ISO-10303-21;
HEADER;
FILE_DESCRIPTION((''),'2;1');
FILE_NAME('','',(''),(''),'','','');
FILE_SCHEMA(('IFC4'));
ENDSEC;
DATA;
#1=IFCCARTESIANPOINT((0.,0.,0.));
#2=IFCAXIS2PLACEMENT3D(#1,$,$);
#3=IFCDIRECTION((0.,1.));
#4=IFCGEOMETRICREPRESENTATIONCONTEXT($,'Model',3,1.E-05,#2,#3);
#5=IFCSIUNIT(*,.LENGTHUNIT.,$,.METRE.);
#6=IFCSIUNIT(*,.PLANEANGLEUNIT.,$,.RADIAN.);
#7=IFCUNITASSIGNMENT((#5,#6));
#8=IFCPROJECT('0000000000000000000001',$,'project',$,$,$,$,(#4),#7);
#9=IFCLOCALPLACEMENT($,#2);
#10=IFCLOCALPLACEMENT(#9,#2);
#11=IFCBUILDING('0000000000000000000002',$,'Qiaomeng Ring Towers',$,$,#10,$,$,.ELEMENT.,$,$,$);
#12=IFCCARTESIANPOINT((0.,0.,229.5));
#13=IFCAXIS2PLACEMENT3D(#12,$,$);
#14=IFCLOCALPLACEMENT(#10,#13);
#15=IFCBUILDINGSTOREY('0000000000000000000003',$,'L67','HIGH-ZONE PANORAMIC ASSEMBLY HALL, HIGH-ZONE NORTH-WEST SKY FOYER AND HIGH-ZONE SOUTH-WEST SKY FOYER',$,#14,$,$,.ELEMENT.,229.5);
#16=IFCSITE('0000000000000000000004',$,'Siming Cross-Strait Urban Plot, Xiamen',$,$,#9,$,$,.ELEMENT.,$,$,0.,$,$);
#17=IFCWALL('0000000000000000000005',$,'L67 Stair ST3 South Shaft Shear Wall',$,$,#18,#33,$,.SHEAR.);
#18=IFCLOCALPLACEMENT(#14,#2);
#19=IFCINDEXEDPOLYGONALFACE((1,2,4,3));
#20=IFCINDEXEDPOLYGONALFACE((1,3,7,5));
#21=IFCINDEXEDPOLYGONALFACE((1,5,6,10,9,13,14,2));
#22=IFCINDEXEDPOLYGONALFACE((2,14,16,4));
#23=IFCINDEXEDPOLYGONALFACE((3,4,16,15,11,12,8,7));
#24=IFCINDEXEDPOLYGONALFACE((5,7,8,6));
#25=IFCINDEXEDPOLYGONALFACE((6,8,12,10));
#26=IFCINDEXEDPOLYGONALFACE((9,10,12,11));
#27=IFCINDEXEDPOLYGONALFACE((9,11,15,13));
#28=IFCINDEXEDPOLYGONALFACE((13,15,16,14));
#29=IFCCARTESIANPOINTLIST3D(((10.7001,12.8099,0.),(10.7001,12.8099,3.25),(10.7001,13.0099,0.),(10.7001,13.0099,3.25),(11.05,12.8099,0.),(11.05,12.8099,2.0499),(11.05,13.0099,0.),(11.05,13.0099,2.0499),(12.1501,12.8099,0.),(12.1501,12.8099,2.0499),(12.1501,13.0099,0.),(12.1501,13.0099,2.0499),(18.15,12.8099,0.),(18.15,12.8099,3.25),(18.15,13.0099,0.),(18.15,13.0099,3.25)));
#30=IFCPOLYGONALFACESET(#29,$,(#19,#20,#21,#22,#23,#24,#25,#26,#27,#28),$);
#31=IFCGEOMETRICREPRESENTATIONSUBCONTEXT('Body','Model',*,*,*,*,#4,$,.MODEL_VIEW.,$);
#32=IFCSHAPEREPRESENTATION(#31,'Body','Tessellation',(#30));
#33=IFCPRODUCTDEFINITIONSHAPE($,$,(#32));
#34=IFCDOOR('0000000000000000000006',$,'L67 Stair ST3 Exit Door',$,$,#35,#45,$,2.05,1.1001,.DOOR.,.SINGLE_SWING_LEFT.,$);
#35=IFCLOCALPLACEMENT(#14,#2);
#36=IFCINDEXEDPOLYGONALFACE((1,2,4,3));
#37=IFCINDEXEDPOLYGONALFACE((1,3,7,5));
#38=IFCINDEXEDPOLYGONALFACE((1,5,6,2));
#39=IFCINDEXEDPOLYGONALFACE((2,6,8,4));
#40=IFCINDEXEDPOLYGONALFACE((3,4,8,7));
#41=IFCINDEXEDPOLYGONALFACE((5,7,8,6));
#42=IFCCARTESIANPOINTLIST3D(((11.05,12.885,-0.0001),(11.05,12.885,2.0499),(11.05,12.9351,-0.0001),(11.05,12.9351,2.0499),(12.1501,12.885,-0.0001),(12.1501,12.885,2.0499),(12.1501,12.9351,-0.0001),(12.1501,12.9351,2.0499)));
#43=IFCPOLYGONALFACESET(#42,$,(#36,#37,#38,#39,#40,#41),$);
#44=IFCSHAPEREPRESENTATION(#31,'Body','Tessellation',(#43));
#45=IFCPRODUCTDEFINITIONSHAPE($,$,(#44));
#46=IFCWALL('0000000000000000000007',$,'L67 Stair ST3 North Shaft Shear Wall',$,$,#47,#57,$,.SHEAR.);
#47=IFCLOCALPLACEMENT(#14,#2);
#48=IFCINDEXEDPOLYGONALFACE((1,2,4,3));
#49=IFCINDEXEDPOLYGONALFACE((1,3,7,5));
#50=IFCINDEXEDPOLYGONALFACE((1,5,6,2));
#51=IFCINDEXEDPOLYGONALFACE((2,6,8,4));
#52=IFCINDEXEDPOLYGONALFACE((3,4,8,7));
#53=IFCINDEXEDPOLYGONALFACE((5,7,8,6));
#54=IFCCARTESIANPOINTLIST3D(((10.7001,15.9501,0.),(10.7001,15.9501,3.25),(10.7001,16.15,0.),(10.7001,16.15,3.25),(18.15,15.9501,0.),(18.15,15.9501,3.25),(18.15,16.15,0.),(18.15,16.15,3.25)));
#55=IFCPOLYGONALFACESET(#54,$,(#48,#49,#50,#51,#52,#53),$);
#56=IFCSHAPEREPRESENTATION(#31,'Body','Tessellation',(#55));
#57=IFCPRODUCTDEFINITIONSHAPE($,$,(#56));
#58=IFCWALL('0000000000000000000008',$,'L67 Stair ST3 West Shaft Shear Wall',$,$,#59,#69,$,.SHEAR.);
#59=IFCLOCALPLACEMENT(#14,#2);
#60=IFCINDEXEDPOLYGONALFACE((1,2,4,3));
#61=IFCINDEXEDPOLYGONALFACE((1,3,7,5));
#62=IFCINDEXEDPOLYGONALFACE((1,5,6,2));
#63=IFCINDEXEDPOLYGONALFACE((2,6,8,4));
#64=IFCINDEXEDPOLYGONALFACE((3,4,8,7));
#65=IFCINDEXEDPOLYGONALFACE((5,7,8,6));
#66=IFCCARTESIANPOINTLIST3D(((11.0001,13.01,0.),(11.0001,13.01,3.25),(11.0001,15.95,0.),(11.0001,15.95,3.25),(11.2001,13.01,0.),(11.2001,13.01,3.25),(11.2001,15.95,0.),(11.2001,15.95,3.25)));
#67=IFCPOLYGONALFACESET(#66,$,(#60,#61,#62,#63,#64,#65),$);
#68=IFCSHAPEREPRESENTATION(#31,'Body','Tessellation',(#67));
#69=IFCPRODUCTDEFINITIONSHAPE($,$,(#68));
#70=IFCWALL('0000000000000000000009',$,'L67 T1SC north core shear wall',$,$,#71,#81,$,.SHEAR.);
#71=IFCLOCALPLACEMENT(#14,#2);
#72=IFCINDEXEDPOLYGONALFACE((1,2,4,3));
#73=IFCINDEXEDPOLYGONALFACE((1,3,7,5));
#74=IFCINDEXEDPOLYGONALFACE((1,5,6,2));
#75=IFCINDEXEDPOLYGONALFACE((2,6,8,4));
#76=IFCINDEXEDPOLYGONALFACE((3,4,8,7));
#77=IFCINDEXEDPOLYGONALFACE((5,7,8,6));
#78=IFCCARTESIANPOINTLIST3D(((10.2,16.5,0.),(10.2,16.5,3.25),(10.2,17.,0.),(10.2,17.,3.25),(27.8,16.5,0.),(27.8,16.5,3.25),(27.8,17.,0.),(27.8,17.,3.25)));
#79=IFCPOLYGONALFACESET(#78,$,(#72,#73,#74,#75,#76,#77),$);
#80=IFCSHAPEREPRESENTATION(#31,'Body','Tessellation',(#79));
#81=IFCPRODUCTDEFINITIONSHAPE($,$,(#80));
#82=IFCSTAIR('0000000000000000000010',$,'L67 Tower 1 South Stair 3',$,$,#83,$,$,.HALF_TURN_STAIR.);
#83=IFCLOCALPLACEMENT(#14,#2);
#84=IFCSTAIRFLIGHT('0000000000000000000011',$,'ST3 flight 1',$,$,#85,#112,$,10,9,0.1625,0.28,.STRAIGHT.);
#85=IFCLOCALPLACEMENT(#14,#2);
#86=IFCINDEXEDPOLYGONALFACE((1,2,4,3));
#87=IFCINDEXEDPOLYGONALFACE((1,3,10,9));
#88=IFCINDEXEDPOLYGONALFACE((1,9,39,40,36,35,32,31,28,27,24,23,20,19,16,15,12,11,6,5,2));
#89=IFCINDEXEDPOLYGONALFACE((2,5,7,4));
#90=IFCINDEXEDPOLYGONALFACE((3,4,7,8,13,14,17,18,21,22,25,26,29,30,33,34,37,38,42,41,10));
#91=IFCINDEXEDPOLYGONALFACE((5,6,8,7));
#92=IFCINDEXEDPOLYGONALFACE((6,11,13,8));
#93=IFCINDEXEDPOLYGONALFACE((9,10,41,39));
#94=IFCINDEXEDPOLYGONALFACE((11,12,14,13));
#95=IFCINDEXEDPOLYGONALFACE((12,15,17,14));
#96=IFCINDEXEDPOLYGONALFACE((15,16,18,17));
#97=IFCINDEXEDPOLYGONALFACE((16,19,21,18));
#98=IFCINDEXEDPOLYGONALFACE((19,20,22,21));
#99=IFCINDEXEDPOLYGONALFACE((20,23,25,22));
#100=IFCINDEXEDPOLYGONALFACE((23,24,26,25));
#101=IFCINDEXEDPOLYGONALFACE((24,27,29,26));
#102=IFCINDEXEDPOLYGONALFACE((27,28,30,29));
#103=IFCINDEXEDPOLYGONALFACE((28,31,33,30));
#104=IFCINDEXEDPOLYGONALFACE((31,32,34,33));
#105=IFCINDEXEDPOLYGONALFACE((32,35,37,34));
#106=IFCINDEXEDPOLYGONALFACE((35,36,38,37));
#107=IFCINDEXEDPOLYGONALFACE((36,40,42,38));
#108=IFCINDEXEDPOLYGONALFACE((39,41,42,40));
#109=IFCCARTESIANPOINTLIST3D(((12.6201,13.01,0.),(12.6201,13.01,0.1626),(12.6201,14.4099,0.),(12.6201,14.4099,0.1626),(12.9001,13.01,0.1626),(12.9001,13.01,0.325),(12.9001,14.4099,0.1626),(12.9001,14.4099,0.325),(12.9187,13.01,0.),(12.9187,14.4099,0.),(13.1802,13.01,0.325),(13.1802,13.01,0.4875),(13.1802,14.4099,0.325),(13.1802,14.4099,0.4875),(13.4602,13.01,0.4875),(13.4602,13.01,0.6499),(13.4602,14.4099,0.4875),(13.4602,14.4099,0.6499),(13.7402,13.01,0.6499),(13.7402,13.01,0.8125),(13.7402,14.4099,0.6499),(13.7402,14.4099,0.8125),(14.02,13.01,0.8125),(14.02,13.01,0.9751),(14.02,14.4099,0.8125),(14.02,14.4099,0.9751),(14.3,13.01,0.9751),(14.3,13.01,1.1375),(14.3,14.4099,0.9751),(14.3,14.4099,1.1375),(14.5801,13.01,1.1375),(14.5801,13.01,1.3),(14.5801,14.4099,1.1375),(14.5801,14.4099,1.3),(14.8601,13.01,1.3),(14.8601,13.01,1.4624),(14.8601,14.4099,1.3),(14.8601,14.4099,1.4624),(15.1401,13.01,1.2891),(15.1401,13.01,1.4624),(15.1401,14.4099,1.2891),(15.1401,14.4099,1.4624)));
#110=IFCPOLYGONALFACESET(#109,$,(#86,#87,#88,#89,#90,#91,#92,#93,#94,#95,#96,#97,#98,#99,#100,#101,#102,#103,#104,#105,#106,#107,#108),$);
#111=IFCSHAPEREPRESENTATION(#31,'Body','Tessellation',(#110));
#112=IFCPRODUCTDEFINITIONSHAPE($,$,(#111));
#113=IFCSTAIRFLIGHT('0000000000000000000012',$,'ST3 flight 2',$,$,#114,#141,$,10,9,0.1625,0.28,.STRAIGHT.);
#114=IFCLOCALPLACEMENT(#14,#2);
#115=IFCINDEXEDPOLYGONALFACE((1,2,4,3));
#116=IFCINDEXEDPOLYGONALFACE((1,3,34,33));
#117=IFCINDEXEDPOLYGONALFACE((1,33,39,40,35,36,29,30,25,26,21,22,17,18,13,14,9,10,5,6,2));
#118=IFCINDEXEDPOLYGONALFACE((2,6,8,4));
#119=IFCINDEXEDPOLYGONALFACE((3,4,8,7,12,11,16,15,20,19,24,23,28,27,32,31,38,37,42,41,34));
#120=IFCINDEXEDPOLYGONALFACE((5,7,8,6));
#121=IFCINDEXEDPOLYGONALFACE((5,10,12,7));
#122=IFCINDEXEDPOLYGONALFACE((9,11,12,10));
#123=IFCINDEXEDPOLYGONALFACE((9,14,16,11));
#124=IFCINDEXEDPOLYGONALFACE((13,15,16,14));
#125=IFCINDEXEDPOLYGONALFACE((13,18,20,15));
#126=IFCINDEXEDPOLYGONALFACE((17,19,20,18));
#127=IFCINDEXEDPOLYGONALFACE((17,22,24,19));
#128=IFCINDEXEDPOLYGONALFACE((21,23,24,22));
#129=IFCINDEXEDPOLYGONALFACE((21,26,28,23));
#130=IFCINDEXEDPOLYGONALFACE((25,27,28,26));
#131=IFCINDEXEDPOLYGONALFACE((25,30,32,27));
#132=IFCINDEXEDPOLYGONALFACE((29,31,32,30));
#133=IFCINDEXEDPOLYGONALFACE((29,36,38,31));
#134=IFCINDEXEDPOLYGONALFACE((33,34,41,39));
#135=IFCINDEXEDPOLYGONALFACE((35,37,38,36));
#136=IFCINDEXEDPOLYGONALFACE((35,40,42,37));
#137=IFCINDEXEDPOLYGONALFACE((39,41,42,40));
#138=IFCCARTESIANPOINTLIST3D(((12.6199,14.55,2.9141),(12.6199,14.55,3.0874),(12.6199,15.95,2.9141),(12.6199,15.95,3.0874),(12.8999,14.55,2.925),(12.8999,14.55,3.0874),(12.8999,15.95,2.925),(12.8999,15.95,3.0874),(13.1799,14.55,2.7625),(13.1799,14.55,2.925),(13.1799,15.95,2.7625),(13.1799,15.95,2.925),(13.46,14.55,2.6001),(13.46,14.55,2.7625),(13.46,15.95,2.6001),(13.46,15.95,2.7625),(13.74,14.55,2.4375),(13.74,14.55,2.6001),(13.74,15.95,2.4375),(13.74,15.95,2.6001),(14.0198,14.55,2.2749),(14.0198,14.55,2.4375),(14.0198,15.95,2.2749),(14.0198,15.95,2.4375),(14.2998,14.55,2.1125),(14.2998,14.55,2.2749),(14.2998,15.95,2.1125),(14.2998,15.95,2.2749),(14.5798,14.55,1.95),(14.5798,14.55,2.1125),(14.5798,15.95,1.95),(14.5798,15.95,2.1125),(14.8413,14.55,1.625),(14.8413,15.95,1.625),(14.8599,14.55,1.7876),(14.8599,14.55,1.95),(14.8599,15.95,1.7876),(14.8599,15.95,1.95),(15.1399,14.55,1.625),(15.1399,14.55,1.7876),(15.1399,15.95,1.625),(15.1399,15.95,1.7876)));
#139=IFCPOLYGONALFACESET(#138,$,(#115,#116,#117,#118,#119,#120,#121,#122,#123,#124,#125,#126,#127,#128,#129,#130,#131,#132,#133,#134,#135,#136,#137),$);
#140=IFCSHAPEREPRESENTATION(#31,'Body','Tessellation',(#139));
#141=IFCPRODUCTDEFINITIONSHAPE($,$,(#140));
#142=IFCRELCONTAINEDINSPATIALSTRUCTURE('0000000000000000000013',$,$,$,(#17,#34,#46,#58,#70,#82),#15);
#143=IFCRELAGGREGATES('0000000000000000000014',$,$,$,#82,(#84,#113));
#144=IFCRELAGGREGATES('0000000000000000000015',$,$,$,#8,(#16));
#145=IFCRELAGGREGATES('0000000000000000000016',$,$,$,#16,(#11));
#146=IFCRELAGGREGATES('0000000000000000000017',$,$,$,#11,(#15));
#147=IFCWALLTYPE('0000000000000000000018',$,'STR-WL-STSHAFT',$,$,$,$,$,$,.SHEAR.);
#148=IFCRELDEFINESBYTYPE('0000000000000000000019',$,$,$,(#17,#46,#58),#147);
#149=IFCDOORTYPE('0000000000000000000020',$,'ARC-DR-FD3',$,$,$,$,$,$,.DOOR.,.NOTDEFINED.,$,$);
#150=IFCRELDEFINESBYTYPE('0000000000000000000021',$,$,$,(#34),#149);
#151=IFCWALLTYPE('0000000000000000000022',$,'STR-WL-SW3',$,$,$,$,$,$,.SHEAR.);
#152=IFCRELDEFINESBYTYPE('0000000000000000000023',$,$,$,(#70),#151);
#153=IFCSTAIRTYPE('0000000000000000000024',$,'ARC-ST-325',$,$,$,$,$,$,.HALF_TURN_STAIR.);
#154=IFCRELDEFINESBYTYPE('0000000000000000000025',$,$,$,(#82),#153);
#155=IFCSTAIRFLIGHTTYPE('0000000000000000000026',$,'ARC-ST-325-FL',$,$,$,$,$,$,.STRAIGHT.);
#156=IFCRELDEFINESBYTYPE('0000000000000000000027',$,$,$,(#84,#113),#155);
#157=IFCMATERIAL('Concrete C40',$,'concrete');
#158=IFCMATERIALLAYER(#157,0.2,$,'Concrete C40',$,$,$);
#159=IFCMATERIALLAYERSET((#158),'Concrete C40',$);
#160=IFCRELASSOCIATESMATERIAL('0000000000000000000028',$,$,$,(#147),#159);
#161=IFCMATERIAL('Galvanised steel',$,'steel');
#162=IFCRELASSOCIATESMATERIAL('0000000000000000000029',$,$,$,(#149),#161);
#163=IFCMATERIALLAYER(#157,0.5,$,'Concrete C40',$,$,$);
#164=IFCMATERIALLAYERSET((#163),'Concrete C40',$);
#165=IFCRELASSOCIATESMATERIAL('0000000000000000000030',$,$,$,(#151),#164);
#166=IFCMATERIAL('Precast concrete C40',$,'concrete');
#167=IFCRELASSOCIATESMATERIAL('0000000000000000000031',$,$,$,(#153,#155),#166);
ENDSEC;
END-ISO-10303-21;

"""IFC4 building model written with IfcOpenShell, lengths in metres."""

from ifc_helpers import new_model, si_unit, direction, frame, frame_2d, origin, place, context, subcontext, project, spatial, polyline, rectangle, outline, extrude, source, transform, mapped, material, layer, layer_set, type_object, element, fill, aggregate, save


model = new_model("IFC4")

# Units and contexts
model_context = context("Model", 3, precision=1e-05, world=origin(), true_north=direction((0.0, 1.0)))
body_context = subcontext(model_context, "Body", "Model", "MODEL_VIEW")
ifc_project = project(units=[si_unit("LENGTHUNIT", "METRE"), si_unit("PLANEANGLEUNIT", "RADIAN")], contexts=[model_context])

# Site, building, storey
site_placement = place(None, origin())
site = spatial("IfcSite", under=ifc_project, at=site_placement, Name="Siming Cross-Strait Urban Plot, Xiamen", CompositionType="ELEMENT", RefElevation=0.0)
building_placement = place(site_placement, origin())
building = spatial("IfcBuilding", under=site, at=building_placement, Name="Qiaomeng Ring Towers", CompositionType="ELEMENT")
storey_placement = place(building_placement, frame((0.0, 0.0, 229.5)))
storey = spatial("IfcBuildingStorey", under=building, at=storey_placement, Name="L67", Description="HIGH-ZONE PANORAMIC ASSEMBLY HALL, HIGH-ZONE NORTH-WEST SKY FOYER AND HIGH-ZONE SOUTH-WEST SKY FOYER", CompositionType="ELEMENT", Elevation=229.5)

# Shared definitions
ifc_material_1 = material(Name="Concrete C40", Category="concrete")

# Shared definitions
ifc_material_2 = material(Name="Precast concrete C40", Category="concrete")

# Shared definitions
ifc_layer_1 = layer(ifc_material_1, 0.2, Name="Concrete C40")
ifc_layer_set_1 = layer_set([ifc_layer_1], Name="Concrete C40")
wall_type_1 = type_object("IfcWallType", Name="STR-WL-STSHAFT", PredefinedType="SHEAR", material=ifc_layer_set_1)

# Wall, opening, door
wall_1_placement = place(storey_placement, frame((10.7, 12.9099, 0.0), z_axis=(0.0, 0.0, 1.0), x_axis=(1.0, 0.0, 0.0)))
wall_1 = element("IfcWall", 1, at=wall_1_placement, inside=storey, type_object=wall_type_1, Name="L67 Stair ST3 South Shaft Shear Wall", PredefinedType="SHEAR", context=body_context, shape_type="SweptSolid", body=[
    extrude(rectangle(XDim=7.45, YDim=0.2, at=frame_2d((3.7251, 0.0))), origin(), (0.0, 0.0, 1.0), 3.25),
])
opening_1_placement = place(wall_1_placement, frame((0.3501, 0.0, 0.0)))
opening_1 = element("IfcOpeningElement", 2, at=opening_1_placement, cuts=wall_1, PredefinedType="OPENING", context=body_context, shape_type="SweptSolid", body=[
    extrude(rectangle(XDim=1.1001, YDim=2.05, at=frame_2d((0.55, 1.0249))), frame((0.0, 0.1099, 0.0), z_axis=(0.0, -1.0, 0.0), x_axis=(1.0, 0.0, 0.0)), (0.0, 0.0, 1.0), 0.22),
])
ifc_material_3 = material(Name="Galvanised steel", Category="steel")
door_type_1 = type_object("IfcDoorType", Name="ARC-DR-FD3", OperationType="NOTDEFINED", PredefinedType="DOOR", material=ifc_material_3)
shared_shape_1 = source(origin(), body_context, "Body", "SweptSolid", [
    extrude(rectangle(XDim=1.1001, YDim=2.05, at=frame_2d((0.55, 1.0249))), frame((0.0, 0.0249, 0.0), z_axis=(0.0, -1.0, 0.0), x_axis=(1.0, 0.0, 0.0)), (0.0, 0.0, 1.0), 0.05),
])
door_1_placement = place(opening_1_placement, frame((1.1001, 0.0, 0.0), z_axis=(0.0, 0.0, 1.0), x_axis=(-1.0, 0.0, 0.0)))
door_1 = element("IfcDoor", 3, at=door_1_placement, inside=storey, type_object=door_type_1, Name="L67 Stair ST3 Exit Door", OperationType="SINGLE_SWING_LEFT", OverallHeight=2.05, OverallWidth=1.1001, PredefinedType="DOOR", context=body_context, shape_type="MappedRepresentation", body=[
    mapped(shared_shape_1, transform((0.0, 0.0, 0.0), x_axis=(1.0, 0.0, 0.0), y_axis=(0.0, 1.0, 0.0), z_axis=(0.0, 0.0, 1.0), scale=1.0)),
])
fill(opening_1, door_1)

# Walls
wall_2_placement = place(storey_placement, frame((10.7, 16.05, 0.0), z_axis=(0.0, 0.0, 1.0), x_axis=(1.0, 0.0, 0.0)))
element("IfcWall", 4, at=wall_2_placement, inside=storey, type_object=wall_type_1, Name="L67 Stair ST3 North Shaft Shear Wall", PredefinedType="SHEAR", context=body_context, shape_type="SweptSolid", body=[
    extrude(rectangle(XDim=7.45, YDim=0.2, at=frame_2d((3.7251, 0.0))), origin(), (0.0, 0.0, 1.0), 3.25),
])
wall_3_placement = place(storey_placement, frame((11.1001, 13.01, 0.0), z_axis=(0.0, 0.0, 1.0), x_axis=(0.0, 1.0, 0.0)))
element("IfcWall", 5, at=wall_3_placement, inside=storey, type_object=wall_type_1, Name="L67 Stair ST3 West Shaft Shear Wall", PredefinedType="SHEAR", context=body_context, shape_type="SweptSolid", body=[
    extrude(rectangle(XDim=2.9399, YDim=0.2, at=frame_2d((1.47, 0.0))), origin(), (0.0, 0.0, 1.0), 3.25),
])
ifc_layer_2 = layer(ifc_material_1, 0.5, Name="Concrete C40")
ifc_layer_set_2 = layer_set([ifc_layer_2], Name="Concrete C40")
wall_type_2 = type_object("IfcWallType", Name="STR-WL-SW3", PredefinedType="SHEAR", material=ifc_layer_set_2)
wall_4_placement = place(storey_placement, frame((10.2, 16.75, 0.0), z_axis=(0.0, 0.0, 1.0), x_axis=(1.0, 0.0, 0.0)))
element("IfcWall", 6, at=wall_4_placement, inside=storey, type_object=wall_type_2, Name="L67 T1SC north core shear wall", PredefinedType="SHEAR", context=body_context, shape_type="SweptSolid", body=[
    extrude(rectangle(XDim=17.6001, YDim=0.5, at=frame_2d((8.8, 0.0))), origin(), (0.0, 0.0, 1.0), 3.25),
])

# Stair, stair flights
stair_type = type_object("IfcStairType", Name="ARC-ST-325", PredefinedType="HALF_TURN_STAIR", material=ifc_material_2)
stair_placement = place(storey_placement, origin())
stair = element("IfcStair", 7, at=stair_placement, inside=storey, type_object=stair_type, Name="L67 Tower 1 South Stair 3", PredefinedType="HALF_TURN_STAIR")
stair_flight_type = type_object("IfcStairFlightType", Name="ARC-ST-325-FL", PredefinedType="STRAIGHT", material=ifc_material_2)
shared_shape_2 = source(origin(), body_context, "Body", "SweptSolid", [
    extrude(outline(polyline([(0.0, 0.0), (0.0, 0.1626), (0.28, 0.1626), (0.28, 0.325), (0.5601, 0.325), (0.5601, 0.4875), (0.8401, 0.4875), (0.8401, 0.6499), (1.1201, 0.6499), (1.1201, 0.8125), (1.3999, 0.8125), (1.3999, 0.9751), (1.6799, 0.9751), (1.6799, 1.1375), (1.96, 1.1375), (1.96, 1.3), (2.24, 1.3), (2.24, 1.4624), (2.52, 1.4624), (2.52, 1.625), (2.52, 1.2891), (0.2986, 0.0), (0.0, 0.0)])), frame((0.0, 0.7, 0.0), z_axis=(0.0, -1.0, 0.0), x_axis=(1.0, 0.0, 0.0)), (0.0, 0.0, 1.0), 1.3999),
])
stair_flight_1_placement = place(storey_placement, frame((12.6201, 13.71, 0.0), z_axis=(0.0, 0.0, 1.0), x_axis=(1.0, 0.0, 0.0)))
stair_flight_1 = element("IfcStairFlight", 8, at=stair_flight_1_placement, type_object=stair_flight_type, Name="ST3 flight 1", NumberOfRisers=10, NumberOfTreads=9, PredefinedType="STRAIGHT", RiserHeight=0.1625, TreadLength=0.28, context=body_context, shape_type="MappedRepresentation", body=[
    mapped(shared_shape_2, transform((0.0, 0.0, 0.0), x_axis=(1.0, 0.0, 0.0), y_axis=(0.0, 1.0, 0.0), z_axis=(0.0, 0.0, 1.0), scale=1.0)),
])
stair_flight_2_placement = place(storey_placement, frame((15.1399, 15.25, 1.625), z_axis=(0.0, 0.0, 1.0), x_axis=(-1.0, 0.0, 0.0)))
stair_flight_2 = element("IfcStairFlight", 9, at=stair_flight_2_placement, type_object=stair_flight_type, Name="ST3 flight 2", NumberOfRisers=10, NumberOfTreads=9, PredefinedType="STRAIGHT", RiserHeight=0.1625, TreadLength=0.28, context=body_context, shape_type="MappedRepresentation", body=[
    mapped(shared_shape_2, transform((0.0, 0.0, 0.0), x_axis=(1.0, 0.0, 0.0), y_axis=(0.0, 1.0, 0.0), z_axis=(0.0, 0.0, 1.0), scale=1.0)),
])
aggregate(stair, [stair_flight_1, stair_flight_2])

save(model, "model.ifc")
